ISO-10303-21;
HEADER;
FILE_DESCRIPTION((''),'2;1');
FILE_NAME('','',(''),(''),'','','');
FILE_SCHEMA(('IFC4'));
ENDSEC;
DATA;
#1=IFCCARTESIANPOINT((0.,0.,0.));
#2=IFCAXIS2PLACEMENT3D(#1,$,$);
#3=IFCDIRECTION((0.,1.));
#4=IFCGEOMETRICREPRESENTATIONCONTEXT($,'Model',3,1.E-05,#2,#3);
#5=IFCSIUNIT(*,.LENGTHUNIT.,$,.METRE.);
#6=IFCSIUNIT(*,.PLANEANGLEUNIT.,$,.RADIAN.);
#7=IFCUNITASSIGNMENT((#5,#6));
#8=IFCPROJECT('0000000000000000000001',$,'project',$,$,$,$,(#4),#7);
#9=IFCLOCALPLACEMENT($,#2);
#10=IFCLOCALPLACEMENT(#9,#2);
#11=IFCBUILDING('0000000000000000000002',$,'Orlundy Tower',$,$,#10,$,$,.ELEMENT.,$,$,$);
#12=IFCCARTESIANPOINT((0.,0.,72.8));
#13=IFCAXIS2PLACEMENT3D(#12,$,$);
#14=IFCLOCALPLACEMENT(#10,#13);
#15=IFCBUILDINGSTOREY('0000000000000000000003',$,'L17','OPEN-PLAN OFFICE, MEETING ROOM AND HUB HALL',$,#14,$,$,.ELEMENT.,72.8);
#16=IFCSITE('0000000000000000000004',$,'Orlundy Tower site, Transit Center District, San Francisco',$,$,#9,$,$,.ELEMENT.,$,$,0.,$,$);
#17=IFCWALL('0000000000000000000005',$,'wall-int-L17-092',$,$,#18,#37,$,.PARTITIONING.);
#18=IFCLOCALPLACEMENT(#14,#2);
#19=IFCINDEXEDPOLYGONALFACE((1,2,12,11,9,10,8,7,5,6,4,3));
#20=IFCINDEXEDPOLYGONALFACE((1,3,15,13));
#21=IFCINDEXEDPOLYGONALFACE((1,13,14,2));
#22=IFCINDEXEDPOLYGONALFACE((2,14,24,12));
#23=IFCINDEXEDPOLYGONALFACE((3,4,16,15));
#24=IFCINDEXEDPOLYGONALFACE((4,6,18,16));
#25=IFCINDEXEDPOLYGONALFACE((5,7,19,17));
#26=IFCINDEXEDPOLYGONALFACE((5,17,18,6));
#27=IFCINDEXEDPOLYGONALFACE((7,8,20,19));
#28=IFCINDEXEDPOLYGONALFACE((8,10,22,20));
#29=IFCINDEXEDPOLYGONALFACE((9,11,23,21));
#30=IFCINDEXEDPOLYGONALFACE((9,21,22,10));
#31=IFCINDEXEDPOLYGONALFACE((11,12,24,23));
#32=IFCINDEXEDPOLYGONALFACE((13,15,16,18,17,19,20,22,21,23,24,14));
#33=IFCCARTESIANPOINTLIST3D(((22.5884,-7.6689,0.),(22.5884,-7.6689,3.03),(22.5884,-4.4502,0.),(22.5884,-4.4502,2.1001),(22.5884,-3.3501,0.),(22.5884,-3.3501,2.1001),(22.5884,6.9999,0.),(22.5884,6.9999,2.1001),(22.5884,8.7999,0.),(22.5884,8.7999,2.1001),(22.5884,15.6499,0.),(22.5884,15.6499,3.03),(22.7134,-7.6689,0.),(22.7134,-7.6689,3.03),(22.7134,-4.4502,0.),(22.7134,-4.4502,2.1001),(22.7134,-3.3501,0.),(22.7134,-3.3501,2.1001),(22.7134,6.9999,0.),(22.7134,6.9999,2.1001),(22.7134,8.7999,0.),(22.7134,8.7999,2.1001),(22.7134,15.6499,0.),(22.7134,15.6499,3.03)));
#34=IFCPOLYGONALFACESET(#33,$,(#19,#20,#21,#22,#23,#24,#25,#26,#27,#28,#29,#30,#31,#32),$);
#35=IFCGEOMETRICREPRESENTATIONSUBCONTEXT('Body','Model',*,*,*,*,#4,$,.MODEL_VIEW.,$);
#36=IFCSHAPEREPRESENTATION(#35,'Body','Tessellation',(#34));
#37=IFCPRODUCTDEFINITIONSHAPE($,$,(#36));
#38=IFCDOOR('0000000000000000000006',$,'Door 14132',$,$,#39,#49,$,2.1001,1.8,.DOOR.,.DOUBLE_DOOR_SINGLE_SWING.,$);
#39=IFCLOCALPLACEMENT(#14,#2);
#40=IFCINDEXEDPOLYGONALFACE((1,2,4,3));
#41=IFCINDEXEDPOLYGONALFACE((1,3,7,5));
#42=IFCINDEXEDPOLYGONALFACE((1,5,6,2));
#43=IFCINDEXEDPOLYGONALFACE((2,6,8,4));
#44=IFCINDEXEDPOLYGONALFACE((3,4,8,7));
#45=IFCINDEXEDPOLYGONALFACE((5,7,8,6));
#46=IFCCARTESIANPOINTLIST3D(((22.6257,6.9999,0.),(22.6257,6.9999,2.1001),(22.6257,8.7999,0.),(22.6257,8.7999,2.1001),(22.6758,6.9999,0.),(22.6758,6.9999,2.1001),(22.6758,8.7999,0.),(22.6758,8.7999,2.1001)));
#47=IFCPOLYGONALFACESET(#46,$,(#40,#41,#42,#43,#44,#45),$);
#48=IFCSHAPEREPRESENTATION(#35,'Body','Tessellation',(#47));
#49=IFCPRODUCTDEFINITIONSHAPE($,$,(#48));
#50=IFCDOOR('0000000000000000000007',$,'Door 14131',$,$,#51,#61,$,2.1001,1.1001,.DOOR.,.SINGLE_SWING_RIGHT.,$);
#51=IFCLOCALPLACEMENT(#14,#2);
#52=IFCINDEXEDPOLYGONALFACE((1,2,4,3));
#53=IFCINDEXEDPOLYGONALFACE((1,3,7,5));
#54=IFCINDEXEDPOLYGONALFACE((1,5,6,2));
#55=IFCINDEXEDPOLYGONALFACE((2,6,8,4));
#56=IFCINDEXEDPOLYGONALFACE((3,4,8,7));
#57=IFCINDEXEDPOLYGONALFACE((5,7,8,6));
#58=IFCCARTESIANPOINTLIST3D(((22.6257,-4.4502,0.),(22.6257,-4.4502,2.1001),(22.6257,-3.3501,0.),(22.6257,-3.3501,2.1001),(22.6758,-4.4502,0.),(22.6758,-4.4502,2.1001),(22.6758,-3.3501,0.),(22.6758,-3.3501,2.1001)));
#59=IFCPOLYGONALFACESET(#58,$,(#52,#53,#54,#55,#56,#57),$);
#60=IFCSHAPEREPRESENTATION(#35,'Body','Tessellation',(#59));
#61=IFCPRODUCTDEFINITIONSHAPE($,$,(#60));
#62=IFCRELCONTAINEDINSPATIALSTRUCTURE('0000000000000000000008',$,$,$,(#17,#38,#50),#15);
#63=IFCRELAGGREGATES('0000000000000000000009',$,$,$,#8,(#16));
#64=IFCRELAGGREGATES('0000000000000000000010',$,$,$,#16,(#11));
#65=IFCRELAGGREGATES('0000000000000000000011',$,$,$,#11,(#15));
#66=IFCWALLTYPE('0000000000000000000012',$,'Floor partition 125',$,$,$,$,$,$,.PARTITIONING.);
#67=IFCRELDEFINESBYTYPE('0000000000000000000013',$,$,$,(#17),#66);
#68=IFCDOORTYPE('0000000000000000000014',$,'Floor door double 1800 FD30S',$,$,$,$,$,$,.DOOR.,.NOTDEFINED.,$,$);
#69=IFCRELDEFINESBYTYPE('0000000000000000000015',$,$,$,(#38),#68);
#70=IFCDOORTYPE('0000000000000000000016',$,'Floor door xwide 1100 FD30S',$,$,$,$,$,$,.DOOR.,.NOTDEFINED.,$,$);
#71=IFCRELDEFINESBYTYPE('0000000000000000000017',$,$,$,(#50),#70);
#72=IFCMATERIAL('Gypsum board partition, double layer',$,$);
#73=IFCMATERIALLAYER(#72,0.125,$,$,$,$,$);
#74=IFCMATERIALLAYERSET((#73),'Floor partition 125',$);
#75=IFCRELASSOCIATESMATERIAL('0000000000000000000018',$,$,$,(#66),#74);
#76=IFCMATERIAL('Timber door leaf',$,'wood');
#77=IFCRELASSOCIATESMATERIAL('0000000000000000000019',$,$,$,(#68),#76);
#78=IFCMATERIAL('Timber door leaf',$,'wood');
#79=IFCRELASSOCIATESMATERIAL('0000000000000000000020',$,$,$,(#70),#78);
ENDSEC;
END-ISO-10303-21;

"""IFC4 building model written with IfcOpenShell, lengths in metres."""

from ifc_helpers import new_model, si_unit, direction, frame, frame_2d, origin, place, context, subcontext, project, spatial, rectangle, extrude, material, layer, layer_set, type_object, element, fill, save


model = new_model("IFC4")

# Units and contexts
model_context = context("Model", 3, precision=1e-05, world=origin(), true_north=direction((0.0, 1.0)))
body_context = subcontext(model_context, "Body", "Model", "MODEL_VIEW")
ifc_project = project(units=[si_unit("LENGTHUNIT", "METRE"), si_unit("PLANEANGLEUNIT", "RADIAN")], contexts=[model_context])

# Site, building, storey
site_placement = place(None, origin())
site = spatial("IfcSite", under=ifc_project, at=site_placement, Name="Orlundy Tower site, Transit Center District, San Francisco", CompositionType="ELEMENT", RefElevation=0.0)
building_placement = place(site_placement, origin())
building = spatial("IfcBuilding", under=site, at=building_placement, Name="Orlundy Tower", CompositionType="ELEMENT")
storey_placement = place(building_placement, frame((0.0, 0.0, 72.8)))
storey = spatial("IfcBuildingStorey", under=building, at=storey_placement, Name="L17", Description="OPEN-PLAN OFFICE, MEETING ROOM AND HUB HALL", CompositionType="ELEMENT", Elevation=72.8)

# Shared definitions
ifc_material_1 = material(Name="Gypsum board partition, double layer")
ifc_layer_1 = layer(ifc_material_1, 0.125)
ifc_layer_set_1 = layer_set([ifc_layer_1], Name="Floor partition 125")
wall_type_1 = type_object("IfcWallType", Name="Floor partition 125", PredefinedType="PARTITIONING", material=ifc_layer_set_1)

# Wall, openings, doors
wall_1_placement = place(storey_placement, frame((22.6509, 15.6499, 0.0), z_axis=(0.0, 0.0, 1.0), x_axis=(0.0, -1.0, 0.0)))
wall_1 = element("IfcWall", 1, at=wall_1_placement, inside=storey, type_object=wall_type_1, Name="wall-int-L17-092", PredefinedType="PARTITIONING", context=body_context, shape_type="SweptSolid", body=[
    extrude(rectangle(XDim=23.3188, YDim=0.125, at=frame_2d((11.6594, 0.0))), origin(), (0.0, 0.0, 1.0), 3.03),
])
opening_1_placement = place(wall_1_placement, frame((19.0, 0.0, 0.0)))
opening_1 = element("IfcOpeningElement", 2, at=opening_1_placement, cuts=wall_1, PredefinedType="OPENING", context=body_context, shape_type="SweptSolid", body=[
    extrude(rectangle(XDim=1.1001, YDim=2.1001, at=frame_2d((0.55, 1.05))), frame((0.0, 0.0725, 0.0), z_axis=(0.0, -1.0, 0.0), x_axis=(1.0, 0.0, 0.0)), (0.0, 0.0, 1.0), 0.145),
])
opening_2_placement = place(wall_1_placement, frame((6.8501, 0.0, 0.0)))
opening_2 = element("IfcOpeningElement", 3, at=opening_2_placement, cuts=wall_1, PredefinedType="OPENING", context=body_context, shape_type="SweptSolid", body=[
    extrude(rectangle(XDim=1.8, YDim=2.1001, at=frame_2d((0.8999, 1.05))), frame((0.0, 0.0725, 0.0), z_axis=(0.0, -1.0, 0.0), x_axis=(1.0, 0.0, 0.0)), (0.0, 0.0, 1.0), 0.145),
])
ifc_material_2 = material(Name="Timber door leaf", Category="wood")
door_type_1 = type_object("IfcDoorType", Name="Floor door double 1800 FD30S", OperationType="NOTDEFINED", PredefinedType="DOOR", material=ifc_material_2)
door_1_placement = place(opening_2_placement, origin())
door_1 = element("IfcDoor", 4, at=door_1_placement, inside=storey, type_object=door_type_1, Name="Door 14132", OperationType="DOUBLE_DOOR_SINGLE_SWING", OverallHeight=2.1001, OverallWidth=1.8, PredefinedType="DOOR", context=body_context, shape_type="SweptSolid", body=[
    extrude(rectangle(XDim=1.8, YDim=2.1001, at=frame_2d((0.8999, 1.05))), frame((0.0, 0.0249, 0.0), z_axis=(0.0, -1.0, 0.0), x_axis=(1.0, 0.0, 0.0)), (0.0, 0.0, 1.0), 0.05),
])
fill(opening_2, door_1)
ifc_material_3 = material(Name="Timber door leaf", Category="wood")
door_type_2 = type_object("IfcDoorType", Name="Floor door xwide 1100 FD30S", OperationType="NOTDEFINED", PredefinedType="DOOR", material=ifc_material_3)
door_2_placement = place(opening_1_placement, origin())
door_2 = element("IfcDoor", 5, at=door_2_placement, inside=storey, type_object=door_type_2, Name="Door 14131", OperationType="SINGLE_SWING_RIGHT", OverallHeight=2.1001, OverallWidth=1.1001, PredefinedType="DOOR", context=body_context, shape_type="SweptSolid", body=[
    extrude(rectangle(XDim=1.1001, YDim=2.1001, at=frame_2d((0.55, 1.05))), frame((0.0, 0.0249, 0.0), z_axis=(0.0, -1.0, 0.0), x_axis=(1.0, 0.0, 0.0)), (0.0, 0.0, 1.0), 0.05),
])
fill(opening_1, door_2)

save(model, "model.ifc")
